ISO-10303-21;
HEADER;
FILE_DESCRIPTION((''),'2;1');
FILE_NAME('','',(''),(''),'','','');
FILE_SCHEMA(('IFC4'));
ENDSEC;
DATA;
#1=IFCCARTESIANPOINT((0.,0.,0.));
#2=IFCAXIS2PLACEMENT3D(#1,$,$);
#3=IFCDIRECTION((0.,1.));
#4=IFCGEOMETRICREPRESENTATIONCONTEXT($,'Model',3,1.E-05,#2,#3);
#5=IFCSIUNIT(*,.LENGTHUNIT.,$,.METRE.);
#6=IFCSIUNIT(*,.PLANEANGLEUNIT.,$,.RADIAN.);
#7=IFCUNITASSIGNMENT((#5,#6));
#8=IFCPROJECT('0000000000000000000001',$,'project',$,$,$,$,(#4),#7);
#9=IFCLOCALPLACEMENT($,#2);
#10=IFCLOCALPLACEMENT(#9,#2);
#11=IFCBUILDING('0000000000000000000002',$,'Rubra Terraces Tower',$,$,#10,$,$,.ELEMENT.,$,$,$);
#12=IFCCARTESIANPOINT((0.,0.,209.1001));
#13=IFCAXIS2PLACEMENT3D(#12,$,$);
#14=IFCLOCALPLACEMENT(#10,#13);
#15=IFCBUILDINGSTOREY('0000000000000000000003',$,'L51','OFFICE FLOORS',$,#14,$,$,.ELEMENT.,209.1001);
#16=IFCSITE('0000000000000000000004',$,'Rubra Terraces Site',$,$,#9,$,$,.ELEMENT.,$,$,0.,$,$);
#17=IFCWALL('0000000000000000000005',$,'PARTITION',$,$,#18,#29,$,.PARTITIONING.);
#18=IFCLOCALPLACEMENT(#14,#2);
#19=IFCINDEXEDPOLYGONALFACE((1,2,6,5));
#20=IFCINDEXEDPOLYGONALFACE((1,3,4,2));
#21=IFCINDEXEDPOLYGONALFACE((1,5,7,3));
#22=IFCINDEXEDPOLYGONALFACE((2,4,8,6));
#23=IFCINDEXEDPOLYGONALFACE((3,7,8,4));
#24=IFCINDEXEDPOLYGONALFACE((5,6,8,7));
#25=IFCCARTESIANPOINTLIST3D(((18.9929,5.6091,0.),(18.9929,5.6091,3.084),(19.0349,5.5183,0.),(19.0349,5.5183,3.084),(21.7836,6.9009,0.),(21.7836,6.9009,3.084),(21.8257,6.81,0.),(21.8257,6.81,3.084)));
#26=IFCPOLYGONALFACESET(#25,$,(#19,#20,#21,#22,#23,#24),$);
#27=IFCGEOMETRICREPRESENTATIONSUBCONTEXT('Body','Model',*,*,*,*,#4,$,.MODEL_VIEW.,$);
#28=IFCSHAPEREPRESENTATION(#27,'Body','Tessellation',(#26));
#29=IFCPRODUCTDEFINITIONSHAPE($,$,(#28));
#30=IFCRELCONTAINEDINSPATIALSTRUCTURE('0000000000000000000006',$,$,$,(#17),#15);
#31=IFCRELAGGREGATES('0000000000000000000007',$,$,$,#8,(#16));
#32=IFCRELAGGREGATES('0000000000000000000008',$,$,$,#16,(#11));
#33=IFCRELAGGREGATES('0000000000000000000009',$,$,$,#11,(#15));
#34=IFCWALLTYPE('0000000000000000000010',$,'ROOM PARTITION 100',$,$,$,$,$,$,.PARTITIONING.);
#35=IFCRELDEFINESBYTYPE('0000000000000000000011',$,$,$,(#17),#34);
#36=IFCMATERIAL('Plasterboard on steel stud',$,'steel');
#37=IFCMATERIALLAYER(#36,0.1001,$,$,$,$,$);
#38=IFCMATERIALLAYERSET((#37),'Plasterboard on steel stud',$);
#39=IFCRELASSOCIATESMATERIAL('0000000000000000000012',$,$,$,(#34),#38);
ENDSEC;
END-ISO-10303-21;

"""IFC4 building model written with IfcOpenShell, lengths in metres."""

from ifc_helpers import new_model, si_unit, direction, frame, frame_2d, origin, place, context, subcontext, project, spatial, rectangle, extrude, material, layer, layer_set, type_object, element, save


model = new_model("IFC4")

# Units and contexts
model_context = context("Model", 3, precision=1e-05, world=origin(), true_north=direction((0.0, 1.0)))
body_context = subcontext(model_context, "Body", "Model", "MODEL_VIEW")
ifc_project = project(units=[si_unit("LENGTHUNIT", "METRE"), si_unit("PLANEANGLEUNIT", "RADIAN")], contexts=[model_context])

# Site, building, storey
site_placement = place(None, origin())
site = spatial("IfcSite", under=ifc_project, at=site_placement, Name="Rubra Terraces Site", CompositionType="ELEMENT", RefElevation=0.0)
building_placement = place(site_placement, origin())
building = spatial("IfcBuilding", under=site, at=building_placement, Name="Rubra Terraces Tower", CompositionType="ELEMENT")
storey_placement = place(building_placement, frame((0.0, 0.0, 209.1001)))
storey = spatial("IfcBuildingStorey", under=building, at=storey_placement, Name="L51", Description="OFFICE FLOORS", CompositionType="ELEMENT", Elevation=209.1001)

# Wall
ifc_material_1 = material(Name="Plasterboard on steel stud", Category="steel")
ifc_layer_1 = layer(ifc_material_1, 0.1001)
ifc_layer_set_1 = layer_set([ifc_layer_1], Name="Plasterboard on steel stud")
wall_type_1 = type_object("IfcWallType", Name="ROOM PARTITION 100", PredefinedType="PARTITIONING", material=ifc_layer_set_1)
wall_1_placement = place(storey_placement, frame((19.0139, 5.5637, 0.0), z_axis=(0.0, 0.0, 1.0), x_axis=(0.907501, 0.42005, 0.0)))
element("IfcWall", 1, at=wall_1_placement, inside=storey, type_object=wall_type_1, Name="PARTITION", PredefinedType="PARTITIONING", context=body_context, shape_type="SweptSolid", body=[
    extrude(rectangle(XDim=3.0752, YDim=0.1001, at=frame_2d((1.5376, 0.0))), origin(), (0.0, 0.0, 1.0), 3.084),
])

save(model, "model.ifc")
